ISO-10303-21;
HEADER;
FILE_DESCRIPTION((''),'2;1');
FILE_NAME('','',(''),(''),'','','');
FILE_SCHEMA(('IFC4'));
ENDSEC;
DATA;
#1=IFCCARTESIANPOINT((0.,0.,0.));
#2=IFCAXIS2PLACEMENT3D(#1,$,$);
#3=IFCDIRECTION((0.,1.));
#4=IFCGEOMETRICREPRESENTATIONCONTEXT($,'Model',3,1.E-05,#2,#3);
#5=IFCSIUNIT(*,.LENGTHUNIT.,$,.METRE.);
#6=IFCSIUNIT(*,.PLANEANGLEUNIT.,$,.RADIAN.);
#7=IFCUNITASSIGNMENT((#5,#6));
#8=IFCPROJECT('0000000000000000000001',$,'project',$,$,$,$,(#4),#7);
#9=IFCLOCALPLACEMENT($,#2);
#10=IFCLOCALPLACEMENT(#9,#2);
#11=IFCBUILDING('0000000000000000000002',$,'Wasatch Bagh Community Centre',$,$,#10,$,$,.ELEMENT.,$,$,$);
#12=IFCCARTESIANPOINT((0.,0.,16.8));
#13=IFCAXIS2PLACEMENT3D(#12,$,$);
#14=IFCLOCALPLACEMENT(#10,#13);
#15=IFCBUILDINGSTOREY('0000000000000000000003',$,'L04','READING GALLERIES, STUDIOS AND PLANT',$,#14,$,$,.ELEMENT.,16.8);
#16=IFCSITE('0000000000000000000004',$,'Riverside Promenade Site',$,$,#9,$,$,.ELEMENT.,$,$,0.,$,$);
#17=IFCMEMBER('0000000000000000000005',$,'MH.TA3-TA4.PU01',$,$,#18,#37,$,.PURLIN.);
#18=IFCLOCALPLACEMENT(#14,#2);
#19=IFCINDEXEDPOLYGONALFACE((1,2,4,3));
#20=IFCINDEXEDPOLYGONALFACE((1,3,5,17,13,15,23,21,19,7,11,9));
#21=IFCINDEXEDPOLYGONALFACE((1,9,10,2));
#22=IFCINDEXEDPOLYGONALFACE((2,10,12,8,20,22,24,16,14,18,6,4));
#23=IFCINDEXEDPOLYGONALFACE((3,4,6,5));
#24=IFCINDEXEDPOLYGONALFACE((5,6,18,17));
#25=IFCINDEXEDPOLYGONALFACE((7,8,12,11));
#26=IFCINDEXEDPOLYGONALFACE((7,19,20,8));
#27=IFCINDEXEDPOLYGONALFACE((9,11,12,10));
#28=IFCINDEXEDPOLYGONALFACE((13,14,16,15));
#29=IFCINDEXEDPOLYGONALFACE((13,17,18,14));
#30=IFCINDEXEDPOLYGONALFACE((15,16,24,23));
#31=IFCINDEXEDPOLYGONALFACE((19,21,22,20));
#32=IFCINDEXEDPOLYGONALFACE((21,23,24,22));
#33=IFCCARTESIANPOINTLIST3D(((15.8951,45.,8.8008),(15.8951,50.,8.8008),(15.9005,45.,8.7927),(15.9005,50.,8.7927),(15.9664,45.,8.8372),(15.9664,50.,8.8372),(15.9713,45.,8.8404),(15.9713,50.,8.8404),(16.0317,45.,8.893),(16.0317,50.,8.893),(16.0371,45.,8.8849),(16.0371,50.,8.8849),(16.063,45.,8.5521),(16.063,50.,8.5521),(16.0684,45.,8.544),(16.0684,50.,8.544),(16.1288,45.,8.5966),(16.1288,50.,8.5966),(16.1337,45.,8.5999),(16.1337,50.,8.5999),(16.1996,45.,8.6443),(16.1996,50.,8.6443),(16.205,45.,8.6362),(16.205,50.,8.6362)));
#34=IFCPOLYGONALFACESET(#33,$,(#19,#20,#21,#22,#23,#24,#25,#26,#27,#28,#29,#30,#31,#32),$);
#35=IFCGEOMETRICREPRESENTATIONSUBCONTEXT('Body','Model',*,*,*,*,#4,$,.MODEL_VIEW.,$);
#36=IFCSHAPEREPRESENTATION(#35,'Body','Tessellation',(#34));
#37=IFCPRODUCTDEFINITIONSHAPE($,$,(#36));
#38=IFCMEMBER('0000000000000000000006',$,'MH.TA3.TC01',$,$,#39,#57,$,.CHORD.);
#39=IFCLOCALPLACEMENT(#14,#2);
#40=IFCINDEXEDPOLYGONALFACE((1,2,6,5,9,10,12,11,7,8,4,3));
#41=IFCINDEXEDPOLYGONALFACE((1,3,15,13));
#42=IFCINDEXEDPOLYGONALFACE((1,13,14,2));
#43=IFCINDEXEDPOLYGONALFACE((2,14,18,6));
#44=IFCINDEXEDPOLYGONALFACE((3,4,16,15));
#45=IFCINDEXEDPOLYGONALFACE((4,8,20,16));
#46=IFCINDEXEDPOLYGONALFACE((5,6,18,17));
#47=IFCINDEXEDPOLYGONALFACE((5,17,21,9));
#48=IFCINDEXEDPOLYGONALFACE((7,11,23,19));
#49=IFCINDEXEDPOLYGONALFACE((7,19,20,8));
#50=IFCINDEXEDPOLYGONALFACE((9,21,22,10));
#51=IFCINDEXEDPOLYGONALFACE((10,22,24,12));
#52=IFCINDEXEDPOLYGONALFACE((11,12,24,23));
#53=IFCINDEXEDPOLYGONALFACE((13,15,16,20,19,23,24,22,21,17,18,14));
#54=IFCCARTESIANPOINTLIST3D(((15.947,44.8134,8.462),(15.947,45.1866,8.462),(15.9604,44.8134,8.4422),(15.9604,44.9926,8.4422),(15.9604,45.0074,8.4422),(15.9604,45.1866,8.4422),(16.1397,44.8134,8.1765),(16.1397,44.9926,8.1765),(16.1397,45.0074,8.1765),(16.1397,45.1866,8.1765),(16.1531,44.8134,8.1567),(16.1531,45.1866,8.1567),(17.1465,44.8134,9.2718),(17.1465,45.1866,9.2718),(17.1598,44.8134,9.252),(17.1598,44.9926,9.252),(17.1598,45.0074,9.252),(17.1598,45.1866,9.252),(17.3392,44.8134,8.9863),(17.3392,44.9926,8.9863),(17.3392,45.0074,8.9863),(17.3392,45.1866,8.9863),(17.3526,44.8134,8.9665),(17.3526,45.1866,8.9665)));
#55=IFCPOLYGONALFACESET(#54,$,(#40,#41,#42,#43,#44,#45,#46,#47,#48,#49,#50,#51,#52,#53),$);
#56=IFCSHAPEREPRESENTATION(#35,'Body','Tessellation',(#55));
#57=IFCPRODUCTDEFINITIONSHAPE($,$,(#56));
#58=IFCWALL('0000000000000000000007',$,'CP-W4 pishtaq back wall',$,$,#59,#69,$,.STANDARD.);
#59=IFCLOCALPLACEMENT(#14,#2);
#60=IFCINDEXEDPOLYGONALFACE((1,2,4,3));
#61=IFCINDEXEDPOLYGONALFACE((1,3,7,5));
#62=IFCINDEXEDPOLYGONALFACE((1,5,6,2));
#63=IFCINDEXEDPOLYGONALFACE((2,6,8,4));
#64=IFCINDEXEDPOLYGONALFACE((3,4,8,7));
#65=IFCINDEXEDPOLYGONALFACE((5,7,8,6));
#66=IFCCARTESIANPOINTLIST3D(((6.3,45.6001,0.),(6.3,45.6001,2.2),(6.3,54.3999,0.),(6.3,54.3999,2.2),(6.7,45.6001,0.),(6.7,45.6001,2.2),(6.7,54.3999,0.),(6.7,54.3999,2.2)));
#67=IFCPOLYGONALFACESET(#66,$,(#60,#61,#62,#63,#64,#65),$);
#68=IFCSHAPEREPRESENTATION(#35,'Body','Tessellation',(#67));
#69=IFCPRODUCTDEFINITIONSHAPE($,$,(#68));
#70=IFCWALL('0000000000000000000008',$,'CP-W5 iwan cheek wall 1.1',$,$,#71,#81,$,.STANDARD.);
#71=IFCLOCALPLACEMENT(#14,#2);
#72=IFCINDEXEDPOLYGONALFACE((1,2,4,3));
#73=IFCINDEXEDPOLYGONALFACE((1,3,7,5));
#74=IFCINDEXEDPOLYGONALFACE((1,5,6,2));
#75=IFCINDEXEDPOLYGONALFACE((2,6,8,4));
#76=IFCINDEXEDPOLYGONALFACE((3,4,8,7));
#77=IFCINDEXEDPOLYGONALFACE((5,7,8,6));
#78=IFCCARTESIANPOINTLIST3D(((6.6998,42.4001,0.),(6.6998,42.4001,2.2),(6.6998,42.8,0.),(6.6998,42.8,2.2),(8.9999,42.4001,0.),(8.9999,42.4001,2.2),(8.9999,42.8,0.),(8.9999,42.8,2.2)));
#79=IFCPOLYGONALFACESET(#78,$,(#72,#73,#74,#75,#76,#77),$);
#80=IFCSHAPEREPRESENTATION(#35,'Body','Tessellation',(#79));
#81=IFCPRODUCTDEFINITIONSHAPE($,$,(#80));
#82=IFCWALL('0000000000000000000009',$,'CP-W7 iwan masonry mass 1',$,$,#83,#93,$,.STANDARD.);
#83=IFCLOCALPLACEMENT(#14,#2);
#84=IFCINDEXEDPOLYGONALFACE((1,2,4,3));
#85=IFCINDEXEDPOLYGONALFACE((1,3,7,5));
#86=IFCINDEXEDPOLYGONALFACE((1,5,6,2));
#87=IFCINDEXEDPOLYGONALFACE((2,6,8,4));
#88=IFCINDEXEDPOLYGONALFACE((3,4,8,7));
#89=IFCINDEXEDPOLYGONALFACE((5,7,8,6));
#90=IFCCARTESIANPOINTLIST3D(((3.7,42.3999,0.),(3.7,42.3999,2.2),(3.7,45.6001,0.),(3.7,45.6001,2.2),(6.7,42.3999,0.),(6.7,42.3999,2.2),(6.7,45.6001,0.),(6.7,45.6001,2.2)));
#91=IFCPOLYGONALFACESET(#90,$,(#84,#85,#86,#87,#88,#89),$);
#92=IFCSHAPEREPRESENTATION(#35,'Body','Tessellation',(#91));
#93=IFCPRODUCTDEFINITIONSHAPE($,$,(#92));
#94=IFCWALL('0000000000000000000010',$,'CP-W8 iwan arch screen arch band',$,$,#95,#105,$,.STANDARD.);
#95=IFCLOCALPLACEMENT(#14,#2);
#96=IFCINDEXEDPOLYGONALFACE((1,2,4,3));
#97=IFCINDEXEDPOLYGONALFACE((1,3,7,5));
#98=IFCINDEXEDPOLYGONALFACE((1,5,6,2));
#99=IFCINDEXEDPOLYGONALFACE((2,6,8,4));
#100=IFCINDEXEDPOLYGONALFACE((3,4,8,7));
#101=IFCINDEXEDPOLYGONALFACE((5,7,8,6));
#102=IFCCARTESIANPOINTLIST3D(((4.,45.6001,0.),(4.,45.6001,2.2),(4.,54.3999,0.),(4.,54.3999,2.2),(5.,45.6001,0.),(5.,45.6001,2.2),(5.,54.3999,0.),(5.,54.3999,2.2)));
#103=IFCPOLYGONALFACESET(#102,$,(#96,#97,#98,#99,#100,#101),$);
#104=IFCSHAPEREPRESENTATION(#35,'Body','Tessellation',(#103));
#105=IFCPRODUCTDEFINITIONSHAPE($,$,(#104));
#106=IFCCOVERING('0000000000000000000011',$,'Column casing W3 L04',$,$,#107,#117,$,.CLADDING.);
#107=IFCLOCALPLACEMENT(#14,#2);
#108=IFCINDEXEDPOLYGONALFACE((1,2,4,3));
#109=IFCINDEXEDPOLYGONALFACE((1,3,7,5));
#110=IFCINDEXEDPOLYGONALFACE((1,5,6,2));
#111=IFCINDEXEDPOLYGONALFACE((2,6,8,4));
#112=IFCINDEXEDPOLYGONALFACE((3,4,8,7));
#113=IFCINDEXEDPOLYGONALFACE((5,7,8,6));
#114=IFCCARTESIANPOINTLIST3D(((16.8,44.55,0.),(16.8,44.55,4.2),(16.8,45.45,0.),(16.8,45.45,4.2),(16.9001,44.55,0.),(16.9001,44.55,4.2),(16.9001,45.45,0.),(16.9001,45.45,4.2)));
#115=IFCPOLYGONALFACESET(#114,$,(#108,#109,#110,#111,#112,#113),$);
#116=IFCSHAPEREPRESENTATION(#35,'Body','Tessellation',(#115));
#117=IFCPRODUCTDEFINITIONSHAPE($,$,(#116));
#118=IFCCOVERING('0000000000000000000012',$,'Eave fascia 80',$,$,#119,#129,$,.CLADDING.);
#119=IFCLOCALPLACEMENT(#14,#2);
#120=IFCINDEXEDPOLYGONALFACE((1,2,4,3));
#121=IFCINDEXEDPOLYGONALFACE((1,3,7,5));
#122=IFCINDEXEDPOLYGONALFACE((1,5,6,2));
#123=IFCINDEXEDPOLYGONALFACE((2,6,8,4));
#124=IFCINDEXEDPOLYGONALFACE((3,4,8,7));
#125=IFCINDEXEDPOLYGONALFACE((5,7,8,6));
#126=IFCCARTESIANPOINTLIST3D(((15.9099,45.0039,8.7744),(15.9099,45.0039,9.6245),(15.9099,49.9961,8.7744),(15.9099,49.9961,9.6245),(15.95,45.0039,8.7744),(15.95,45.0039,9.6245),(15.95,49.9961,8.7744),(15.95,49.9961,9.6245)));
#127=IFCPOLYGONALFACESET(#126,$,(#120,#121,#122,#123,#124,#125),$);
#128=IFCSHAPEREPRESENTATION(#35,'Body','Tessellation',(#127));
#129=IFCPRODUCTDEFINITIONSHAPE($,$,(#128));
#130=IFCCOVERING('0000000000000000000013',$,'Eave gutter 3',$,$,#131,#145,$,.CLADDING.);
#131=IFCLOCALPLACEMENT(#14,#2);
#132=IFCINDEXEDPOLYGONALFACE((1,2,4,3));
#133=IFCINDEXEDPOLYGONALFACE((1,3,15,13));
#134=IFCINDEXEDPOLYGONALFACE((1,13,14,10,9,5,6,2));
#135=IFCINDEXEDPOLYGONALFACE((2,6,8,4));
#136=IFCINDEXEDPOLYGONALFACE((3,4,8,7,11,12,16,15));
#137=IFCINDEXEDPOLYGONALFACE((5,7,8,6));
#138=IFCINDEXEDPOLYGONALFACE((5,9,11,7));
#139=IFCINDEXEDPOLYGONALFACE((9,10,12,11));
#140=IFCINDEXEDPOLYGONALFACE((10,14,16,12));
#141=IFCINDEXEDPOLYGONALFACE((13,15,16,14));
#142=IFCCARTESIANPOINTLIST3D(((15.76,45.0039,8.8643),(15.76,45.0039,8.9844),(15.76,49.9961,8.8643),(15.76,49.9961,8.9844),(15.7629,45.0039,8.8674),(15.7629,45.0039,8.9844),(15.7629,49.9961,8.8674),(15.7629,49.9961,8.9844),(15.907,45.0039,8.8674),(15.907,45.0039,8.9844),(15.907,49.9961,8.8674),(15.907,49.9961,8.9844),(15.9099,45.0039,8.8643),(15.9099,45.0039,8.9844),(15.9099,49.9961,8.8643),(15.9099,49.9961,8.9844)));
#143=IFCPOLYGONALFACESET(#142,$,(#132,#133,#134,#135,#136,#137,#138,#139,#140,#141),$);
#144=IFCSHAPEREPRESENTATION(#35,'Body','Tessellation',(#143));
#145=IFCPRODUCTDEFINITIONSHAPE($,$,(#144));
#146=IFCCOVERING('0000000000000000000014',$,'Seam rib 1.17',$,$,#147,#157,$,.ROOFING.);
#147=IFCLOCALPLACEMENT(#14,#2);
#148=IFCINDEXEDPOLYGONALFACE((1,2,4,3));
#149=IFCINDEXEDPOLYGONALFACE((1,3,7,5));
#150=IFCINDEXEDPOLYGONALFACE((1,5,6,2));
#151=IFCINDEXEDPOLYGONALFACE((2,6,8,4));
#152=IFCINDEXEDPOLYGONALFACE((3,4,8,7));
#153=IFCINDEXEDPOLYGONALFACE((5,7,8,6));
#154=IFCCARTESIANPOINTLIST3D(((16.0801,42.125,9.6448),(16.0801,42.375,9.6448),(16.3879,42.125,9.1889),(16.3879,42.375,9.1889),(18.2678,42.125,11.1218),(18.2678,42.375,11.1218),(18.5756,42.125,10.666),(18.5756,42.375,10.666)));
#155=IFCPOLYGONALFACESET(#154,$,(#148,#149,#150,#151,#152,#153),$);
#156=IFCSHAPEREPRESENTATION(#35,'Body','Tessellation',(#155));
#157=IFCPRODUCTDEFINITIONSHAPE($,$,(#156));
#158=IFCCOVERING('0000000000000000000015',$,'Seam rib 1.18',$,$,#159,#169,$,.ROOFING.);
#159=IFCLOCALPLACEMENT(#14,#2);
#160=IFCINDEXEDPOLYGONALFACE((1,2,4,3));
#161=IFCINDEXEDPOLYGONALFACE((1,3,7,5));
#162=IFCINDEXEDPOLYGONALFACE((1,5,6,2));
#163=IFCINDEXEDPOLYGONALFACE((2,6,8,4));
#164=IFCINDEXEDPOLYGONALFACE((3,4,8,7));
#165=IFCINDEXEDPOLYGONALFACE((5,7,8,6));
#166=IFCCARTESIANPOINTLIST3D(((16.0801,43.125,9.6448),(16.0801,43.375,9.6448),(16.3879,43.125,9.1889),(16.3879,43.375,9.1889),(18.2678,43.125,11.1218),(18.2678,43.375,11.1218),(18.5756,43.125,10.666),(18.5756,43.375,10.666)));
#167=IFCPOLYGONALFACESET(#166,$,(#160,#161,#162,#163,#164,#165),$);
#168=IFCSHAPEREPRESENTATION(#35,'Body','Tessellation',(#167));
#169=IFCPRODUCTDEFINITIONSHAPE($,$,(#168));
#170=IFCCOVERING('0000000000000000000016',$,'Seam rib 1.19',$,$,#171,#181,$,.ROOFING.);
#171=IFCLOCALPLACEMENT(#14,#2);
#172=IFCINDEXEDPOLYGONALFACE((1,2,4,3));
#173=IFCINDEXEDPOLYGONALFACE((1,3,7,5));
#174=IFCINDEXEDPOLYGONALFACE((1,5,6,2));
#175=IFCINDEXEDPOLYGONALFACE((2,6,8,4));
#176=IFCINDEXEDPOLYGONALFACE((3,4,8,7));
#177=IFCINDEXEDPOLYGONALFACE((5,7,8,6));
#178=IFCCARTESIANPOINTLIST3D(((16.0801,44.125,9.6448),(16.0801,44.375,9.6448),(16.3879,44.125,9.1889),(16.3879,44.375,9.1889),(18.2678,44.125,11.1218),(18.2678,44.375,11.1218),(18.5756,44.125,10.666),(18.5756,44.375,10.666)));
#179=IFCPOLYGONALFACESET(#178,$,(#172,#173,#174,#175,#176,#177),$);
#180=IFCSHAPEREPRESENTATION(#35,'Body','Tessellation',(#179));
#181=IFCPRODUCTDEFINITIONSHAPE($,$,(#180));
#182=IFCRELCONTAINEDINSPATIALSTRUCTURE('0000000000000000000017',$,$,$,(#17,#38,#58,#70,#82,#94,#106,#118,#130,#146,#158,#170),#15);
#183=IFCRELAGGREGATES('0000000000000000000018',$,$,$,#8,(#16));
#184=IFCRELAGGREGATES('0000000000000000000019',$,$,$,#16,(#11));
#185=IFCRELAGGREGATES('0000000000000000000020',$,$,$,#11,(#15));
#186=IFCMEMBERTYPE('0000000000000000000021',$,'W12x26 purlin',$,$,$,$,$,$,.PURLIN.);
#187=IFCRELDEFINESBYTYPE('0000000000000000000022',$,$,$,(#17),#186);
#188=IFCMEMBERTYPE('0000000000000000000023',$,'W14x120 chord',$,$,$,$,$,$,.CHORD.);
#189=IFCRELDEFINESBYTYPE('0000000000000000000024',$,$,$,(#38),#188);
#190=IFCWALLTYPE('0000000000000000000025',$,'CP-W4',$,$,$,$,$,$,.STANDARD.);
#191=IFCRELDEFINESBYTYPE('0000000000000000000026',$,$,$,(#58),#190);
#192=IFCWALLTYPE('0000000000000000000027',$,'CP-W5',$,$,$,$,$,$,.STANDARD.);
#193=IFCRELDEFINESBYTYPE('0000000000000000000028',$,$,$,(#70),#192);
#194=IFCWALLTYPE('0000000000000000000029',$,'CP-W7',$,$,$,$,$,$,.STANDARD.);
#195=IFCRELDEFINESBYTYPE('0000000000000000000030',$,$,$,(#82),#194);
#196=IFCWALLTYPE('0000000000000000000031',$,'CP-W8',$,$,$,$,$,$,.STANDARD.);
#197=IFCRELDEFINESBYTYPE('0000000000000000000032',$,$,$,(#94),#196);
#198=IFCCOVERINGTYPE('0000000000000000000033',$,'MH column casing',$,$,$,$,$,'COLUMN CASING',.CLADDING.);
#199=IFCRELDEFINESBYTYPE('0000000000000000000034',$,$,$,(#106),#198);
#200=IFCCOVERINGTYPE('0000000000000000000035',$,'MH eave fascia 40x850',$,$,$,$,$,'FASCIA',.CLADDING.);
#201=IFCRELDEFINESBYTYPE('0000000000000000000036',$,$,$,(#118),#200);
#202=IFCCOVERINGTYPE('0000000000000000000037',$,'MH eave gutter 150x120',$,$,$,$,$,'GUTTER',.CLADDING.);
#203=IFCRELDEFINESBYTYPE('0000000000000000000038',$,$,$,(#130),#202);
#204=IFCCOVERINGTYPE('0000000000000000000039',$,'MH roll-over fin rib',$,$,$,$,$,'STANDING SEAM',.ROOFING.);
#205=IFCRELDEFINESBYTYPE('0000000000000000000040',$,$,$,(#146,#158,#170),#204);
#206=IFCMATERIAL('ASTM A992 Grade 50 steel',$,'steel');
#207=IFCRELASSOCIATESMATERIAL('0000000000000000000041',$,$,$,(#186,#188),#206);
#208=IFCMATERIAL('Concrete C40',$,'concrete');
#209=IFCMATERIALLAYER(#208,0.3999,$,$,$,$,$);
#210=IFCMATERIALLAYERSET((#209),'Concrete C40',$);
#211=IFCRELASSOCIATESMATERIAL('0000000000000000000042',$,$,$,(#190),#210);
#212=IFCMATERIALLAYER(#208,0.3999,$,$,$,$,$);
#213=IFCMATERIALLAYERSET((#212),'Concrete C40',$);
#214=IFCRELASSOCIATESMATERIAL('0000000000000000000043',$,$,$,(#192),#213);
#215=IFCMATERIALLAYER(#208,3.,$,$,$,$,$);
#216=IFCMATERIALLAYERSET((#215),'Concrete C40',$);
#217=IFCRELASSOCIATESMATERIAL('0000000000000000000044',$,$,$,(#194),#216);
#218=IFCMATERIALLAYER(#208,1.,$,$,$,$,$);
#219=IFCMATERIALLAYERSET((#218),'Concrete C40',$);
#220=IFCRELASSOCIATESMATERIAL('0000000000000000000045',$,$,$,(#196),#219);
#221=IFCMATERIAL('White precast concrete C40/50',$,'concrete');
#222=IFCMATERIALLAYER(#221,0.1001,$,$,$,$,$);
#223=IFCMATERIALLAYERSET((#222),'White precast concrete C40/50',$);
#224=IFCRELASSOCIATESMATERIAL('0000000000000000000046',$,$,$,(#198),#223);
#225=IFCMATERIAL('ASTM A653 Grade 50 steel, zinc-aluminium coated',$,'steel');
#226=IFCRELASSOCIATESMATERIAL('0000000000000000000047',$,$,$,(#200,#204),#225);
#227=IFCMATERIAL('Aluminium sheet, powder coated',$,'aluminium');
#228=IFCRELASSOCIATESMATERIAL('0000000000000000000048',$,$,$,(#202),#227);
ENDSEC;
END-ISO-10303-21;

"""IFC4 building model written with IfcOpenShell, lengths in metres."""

from ifc_helpers import new_model, si_unit, direction, frame, frame_2d, origin, origin_2d, place, context, subcontext, project, spatial, polyline, rectangle, i_section, outline, extrude, material, layer, layer_set, material_profile, profile_set, type_object, element, save


model = new_model("IFC4")

# Units and contexts
model_context = context("Model", 3, precision=1e-05, world=origin(), true_north=direction((0.0, 1.0)))
body_context = subcontext(model_context, "Body", "Model", "MODEL_VIEW")
ifc_project = project(units=[si_unit("LENGTHUNIT", "METRE"), si_unit("PLANEANGLEUNIT", "RADIAN")], contexts=[model_context])

# Site, building, storey
site_placement = place(None, origin())
site = spatial("IfcSite", under=ifc_project, at=site_placement, Name="Riverside Promenade Site", CompositionType="ELEMENT", RefElevation=0.0)
building_placement = place(site_placement, origin())
building = spatial("IfcBuilding", under=site, at=building_placement, Name="Wasatch Bagh Community Centre", CompositionType="ELEMENT")
storey_placement = place(building_placement, frame((0.0, 0.0, 16.8)))
storey = spatial("IfcBuildingStorey", under=building, at=storey_placement, Name="L04", Description="READING GALLERIES, STUDIOS AND PLANT", CompositionType="ELEMENT", Elevation=16.8)

# Members
ifc_material_1 = material(Name="ASTM A992 Grade 50 steel", Category="steel")
ifc_material_profile_1 = material_profile(ifc_material_1, i_section(OverallWidth=0.1648, OverallDepth=0.3098, WebThickness=0.0059, FlangeThickness=0.0098, at=origin_2d()), Name="W12x26")
ifc_profile_set_1 = profile_set([ifc_material_profile_1], Name="ASTM A992 Grade 50 steel")
member_type_1 = type_object("IfcMemberType", Name="W12x26 purlin", PredefinedType="PURLIN", material=ifc_profile_set_1)
member_1_placement = place(storey_placement, frame((16.05, 45.0, 8.7185), z_axis=(0.0, 1.0, 0.0), x_axis=(-0.828791, 0.0, -0.559559)))
element("IfcMember", 1, at=member_1_placement, inside=storey, type_object=member_type_1, Name="MH.TA3-TA4.PU01", PredefinedType="PURLIN", context=body_context, shape_type="SweptSolid", body=[
    extrude(i_section(OverallWidth=0.1648, OverallDepth=0.3098, WebThickness=0.0059, FlangeThickness=0.0098, at=origin_2d()), origin(), (0.0, 0.0, 1.0), 5.0),
])
ifc_material_profile_2 = material_profile(ifc_material_1, i_section(OverallWidth=0.3733, OverallDepth=0.3684, WebThickness=0.0149, FlangeThickness=0.0239, at=origin_2d()), Name="W14x120")
ifc_profile_set_2 = profile_set([ifc_material_profile_2], Name="ASTM A992 Grade 50 steel")
member_type_2 = type_object("IfcMemberType", Name="W14x120 chord", PredefinedType="CHORD", material=ifc_profile_set_2)
member_2_placement = place(storey_placement, frame((16.05, 45.0, 8.3093), z_axis=(0.828792, 0.0, 0.559557), x_axis=(0.0, 1.0, 0.0)))
element("IfcMember", 2, at=member_2_placement, inside=storey, type_object=member_type_2, Name="MH.TA3.TC01", PredefinedType="CHORD", context=body_context, shape_type="SweptSolid", body=[
    extrude(i_section(OverallWidth=0.3733, OverallDepth=0.3684, WebThickness=0.0149, FlangeThickness=0.0239, at=origin_2d()), origin(), (0.0, 0.0, 1.0), 1.4473),
])

# Walls
ifc_material_2 = material(Name="Concrete C40", Category="concrete")
ifc_layer_1 = layer(ifc_material_2, 0.3999)
ifc_layer_set_1 = layer_set([ifc_layer_1], Name="Concrete C40")
wall_type_1 = type_object("IfcWallType", Name="CP-W4", PredefinedType="STANDARD", material=ifc_layer_set_1)
wall_1_placement = place(storey_placement, frame((6.5, 45.6001, 0.0), z_axis=(0.0, 0.0, 1.0), x_axis=(0.0, 1.0, 0.0)))
element("IfcWall", 3, at=wall_1_placement, inside=storey, type_object=wall_type_1, Name="CP-W4 pishtaq back wall", PredefinedType="STANDARD", context=body_context, shape_type="SweptSolid", body=[
    extrude(rectangle(XDim=8.7998, YDim=0.3999, at=frame_2d((4.3999, 0.0))), origin(), (0.0, 0.0, 1.0), 2.2),
])
ifc_layer_2 = layer(ifc_material_2, 0.3999)
ifc_layer_set_2 = layer_set([ifc_layer_2], Name="Concrete C40")
wall_type_2 = type_object("IfcWallType", Name="CP-W5", PredefinedType="STANDARD", material=ifc_layer_set_2)
wall_2_placement = place(storey_placement, frame((6.7, 42.6001, 0.0), z_axis=(0.0, 0.0, 1.0), x_axis=(1.0, 0.0, 0.0)))
element("IfcWall", 4, at=wall_2_placement, inside=storey, type_object=wall_type_2, Name="CP-W5 iwan cheek wall 1.1", PredefinedType="STANDARD", context=body_context, shape_type="SweptSolid", body=[
    extrude(rectangle(XDim=2.3, YDim=0.3999, at=frame_2d((1.1499, 0.0))), origin(), (0.0, 0.0, 1.0), 2.2),
])
ifc_layer_3 = layer(ifc_material_2, 3.0)
ifc_layer_set_3 = layer_set([ifc_layer_3], Name="Concrete C40")
wall_type_3 = type_object("IfcWallType", Name="CP-W7", PredefinedType="STANDARD", material=ifc_layer_set_3)
wall_3_placement = place(storey_placement, frame((5.2, 42.3999, 0.0), z_axis=(0.0, 0.0, 1.0), x_axis=(0.0, 1.0, 0.0)))
element("IfcWall", 5, at=wall_3_placement, inside=storey, type_object=wall_type_3, Name="CP-W7 iwan masonry mass 1", PredefinedType="STANDARD", context=body_context, shape_type="SweptSolid", body=[
    extrude(rectangle(XDim=3.2002, YDim=3.0, at=frame_2d((1.6001, 0.0))), origin(), (0.0, 0.0, 1.0), 2.2),
])
ifc_layer_4 = layer(ifc_material_2, 1.0)
ifc_layer_set_4 = layer_set([ifc_layer_4], Name="Concrete C40")
wall_type_4 = type_object("IfcWallType", Name="CP-W8", PredefinedType="STANDARD", material=ifc_layer_set_4)
wall_4_placement = place(storey_placement, frame((4.5, 45.6001, 0.0), z_axis=(0.0, 0.0, 1.0), x_axis=(0.0, 1.0, 0.0)))
element("IfcWall", 6, at=wall_4_placement, inside=storey, type_object=wall_type_4, Name="CP-W8 iwan arch screen arch band", PredefinedType="STANDARD", context=body_context, shape_type="SweptSolid", body=[
    extrude(rectangle(XDim=8.7998, YDim=1.0, at=frame_2d((4.3999, 0.0))), origin(), (0.0, 0.0, 1.0), 2.2),
])

# Coverings
ifc_material_3 = material(Name="White precast concrete C40/50", Category="concrete")
ifc_layer_5 = layer(ifc_material_3, 0.1001)
ifc_layer_set_5 = layer_set([ifc_layer_5], Name="White precast concrete C40/50")
covering_type_1 = type_object("IfcCoveringType", Name="MH column casing", ElementType="COLUMN CASING", PredefinedType="CLADDING", material=ifc_layer_set_5)
covering_1_placement = place(storey_placement, frame((16.8501, 45.0, 0.0), z_axis=(0.0, 0.0, 1.0), x_axis=(0.0, -1.0, 0.0)))
element("IfcCovering", 7, at=covering_1_placement, inside=storey, type_object=covering_type_1, Name="Column casing W3 L04", PredefinedType="CLADDING", context=body_context, shape_type="SweptSolid", body=[
    extrude(rectangle(XDim=0.8999, YDim=0.1001, at=origin_2d()), origin(), (0.0, 0.0, 1.0), 4.2),
])
ifc_material_4 = material(Name="ASTM A653 Grade 50 steel, zinc-aluminium coated", Category="steel")
ifc_material_profile_3 = material_profile(ifc_material_4, rectangle(XDim=0.04, YDim=0.8501, at=origin_2d()), Name="FASCIA 40x850")
ifc_profile_set_3 = profile_set([ifc_material_profile_3], Name="ASTM A653 Grade 50 steel, zinc-aluminium coated")
covering_type_2 = type_object("IfcCoveringType", Name="MH eave fascia 40x850", ElementType="FASCIA", PredefinedType="CLADDING", material=ifc_profile_set_3)
covering_2_placement = place(storey_placement, frame((15.9299, 45.0039, 9.1995), z_axis=(0.0, 1.0, 0.0), x_axis=(-1.0, 0.0, 0.0)))
element("IfcCovering", 8, at=covering_2_placement, inside=storey, type_object=covering_type_2, Name="Eave fascia 80", PredefinedType="CLADDING", context=body_context, shape_type="SweptSolid", body=[
    extrude(rectangle(XDim=0.04, YDim=0.8501, at=origin_2d()), origin(), (0.0, 0.0, 1.0), 4.9922),
])
ifc_material_5 = material(Name="Aluminium sheet, powder coated", Category="aluminium")
ifc_material_profile_4 = material_profile(ifc_material_5, outline(polyline([(-0.075, 0.0), (-0.075, -0.1201), (0.075, -0.1201), (0.075, 0.0), (0.072, 0.0), (0.072, -0.1169), (-0.072, -0.1169), (-0.072, 0.0), (-0.075, 0.0)])), Name="GUTTER 150x120")
ifc_profile_set_4 = profile_set([ifc_material_profile_4], Name="Aluminium sheet, powder coated")
covering_type_3 = type_object("IfcCoveringType", Name="MH eave gutter 150x120", ElementType="GUTTER", PredefinedType="CLADDING", material=ifc_profile_set_4)
covering_3_placement = place(storey_placement, frame((15.835, 45.0039, 8.9844), z_axis=(0.0, 1.0, 0.0), x_axis=(-1.0, 0.0, 0.0)))
element("IfcCovering", 9, at=covering_3_placement, inside=storey, type_object=covering_type_3, Name="Eave gutter 3", PredefinedType="CLADDING", context=body_context, shape_type="SweptSolid", body=[
    extrude(outline(polyline([(-0.075, 0.0), (-0.075, -0.1201), (0.075, -0.1201), (0.075, 0.0), (0.072, 0.0), (0.072, -0.1169), (-0.072, -0.1169), (-0.072, 0.0), (-0.075, 0.0)])), origin(), (0.0, 0.0, 1.0), 4.9922),
])
covering_type_4 = type_object("IfcCoveringType", Name="MH roll-over fin rib", ElementType="STANDING SEAM", PredefinedType="ROOFING", material=ifc_material_4)
for number, where, z_axis, x_axis, name in (
    (10, (16.0801, 42.125, 9.6448), (-0.559557, 0.0, 0.828792), (0.828792, 0.0, 0.559557), "Seam rib 1.17"),
    (11, (16.0801, 43.125, 9.6448), (-0.559557, 0.0, 0.828792), (0.828792, 0.0, 0.559557), "Seam rib 1.18"),
    (12, (16.0801, 44.125, 9.6448), (-0.559557, 0.0, 0.828792), (0.828792, 0.0, 0.559557), "Seam rib 1.19"),
):
    element("IfcCovering", number, at=place(storey_placement, frame(where, z_axis=z_axis, x_axis=x_axis)), inside=storey, type_object=covering_type_4, Name=name, PredefinedType="ROOFING", context=body_context, shape_type="SweptSolid", body=[
        extrude(outline(polyline([(0.0, 0.0), (2.6397, 0.0), (2.6397, 0.25), (0.0, 0.25), (0.0, 0.0)])), origin(), (0.0, 0.0, -1.0), 0.55),
    ])

save(model, "model.ifc")
